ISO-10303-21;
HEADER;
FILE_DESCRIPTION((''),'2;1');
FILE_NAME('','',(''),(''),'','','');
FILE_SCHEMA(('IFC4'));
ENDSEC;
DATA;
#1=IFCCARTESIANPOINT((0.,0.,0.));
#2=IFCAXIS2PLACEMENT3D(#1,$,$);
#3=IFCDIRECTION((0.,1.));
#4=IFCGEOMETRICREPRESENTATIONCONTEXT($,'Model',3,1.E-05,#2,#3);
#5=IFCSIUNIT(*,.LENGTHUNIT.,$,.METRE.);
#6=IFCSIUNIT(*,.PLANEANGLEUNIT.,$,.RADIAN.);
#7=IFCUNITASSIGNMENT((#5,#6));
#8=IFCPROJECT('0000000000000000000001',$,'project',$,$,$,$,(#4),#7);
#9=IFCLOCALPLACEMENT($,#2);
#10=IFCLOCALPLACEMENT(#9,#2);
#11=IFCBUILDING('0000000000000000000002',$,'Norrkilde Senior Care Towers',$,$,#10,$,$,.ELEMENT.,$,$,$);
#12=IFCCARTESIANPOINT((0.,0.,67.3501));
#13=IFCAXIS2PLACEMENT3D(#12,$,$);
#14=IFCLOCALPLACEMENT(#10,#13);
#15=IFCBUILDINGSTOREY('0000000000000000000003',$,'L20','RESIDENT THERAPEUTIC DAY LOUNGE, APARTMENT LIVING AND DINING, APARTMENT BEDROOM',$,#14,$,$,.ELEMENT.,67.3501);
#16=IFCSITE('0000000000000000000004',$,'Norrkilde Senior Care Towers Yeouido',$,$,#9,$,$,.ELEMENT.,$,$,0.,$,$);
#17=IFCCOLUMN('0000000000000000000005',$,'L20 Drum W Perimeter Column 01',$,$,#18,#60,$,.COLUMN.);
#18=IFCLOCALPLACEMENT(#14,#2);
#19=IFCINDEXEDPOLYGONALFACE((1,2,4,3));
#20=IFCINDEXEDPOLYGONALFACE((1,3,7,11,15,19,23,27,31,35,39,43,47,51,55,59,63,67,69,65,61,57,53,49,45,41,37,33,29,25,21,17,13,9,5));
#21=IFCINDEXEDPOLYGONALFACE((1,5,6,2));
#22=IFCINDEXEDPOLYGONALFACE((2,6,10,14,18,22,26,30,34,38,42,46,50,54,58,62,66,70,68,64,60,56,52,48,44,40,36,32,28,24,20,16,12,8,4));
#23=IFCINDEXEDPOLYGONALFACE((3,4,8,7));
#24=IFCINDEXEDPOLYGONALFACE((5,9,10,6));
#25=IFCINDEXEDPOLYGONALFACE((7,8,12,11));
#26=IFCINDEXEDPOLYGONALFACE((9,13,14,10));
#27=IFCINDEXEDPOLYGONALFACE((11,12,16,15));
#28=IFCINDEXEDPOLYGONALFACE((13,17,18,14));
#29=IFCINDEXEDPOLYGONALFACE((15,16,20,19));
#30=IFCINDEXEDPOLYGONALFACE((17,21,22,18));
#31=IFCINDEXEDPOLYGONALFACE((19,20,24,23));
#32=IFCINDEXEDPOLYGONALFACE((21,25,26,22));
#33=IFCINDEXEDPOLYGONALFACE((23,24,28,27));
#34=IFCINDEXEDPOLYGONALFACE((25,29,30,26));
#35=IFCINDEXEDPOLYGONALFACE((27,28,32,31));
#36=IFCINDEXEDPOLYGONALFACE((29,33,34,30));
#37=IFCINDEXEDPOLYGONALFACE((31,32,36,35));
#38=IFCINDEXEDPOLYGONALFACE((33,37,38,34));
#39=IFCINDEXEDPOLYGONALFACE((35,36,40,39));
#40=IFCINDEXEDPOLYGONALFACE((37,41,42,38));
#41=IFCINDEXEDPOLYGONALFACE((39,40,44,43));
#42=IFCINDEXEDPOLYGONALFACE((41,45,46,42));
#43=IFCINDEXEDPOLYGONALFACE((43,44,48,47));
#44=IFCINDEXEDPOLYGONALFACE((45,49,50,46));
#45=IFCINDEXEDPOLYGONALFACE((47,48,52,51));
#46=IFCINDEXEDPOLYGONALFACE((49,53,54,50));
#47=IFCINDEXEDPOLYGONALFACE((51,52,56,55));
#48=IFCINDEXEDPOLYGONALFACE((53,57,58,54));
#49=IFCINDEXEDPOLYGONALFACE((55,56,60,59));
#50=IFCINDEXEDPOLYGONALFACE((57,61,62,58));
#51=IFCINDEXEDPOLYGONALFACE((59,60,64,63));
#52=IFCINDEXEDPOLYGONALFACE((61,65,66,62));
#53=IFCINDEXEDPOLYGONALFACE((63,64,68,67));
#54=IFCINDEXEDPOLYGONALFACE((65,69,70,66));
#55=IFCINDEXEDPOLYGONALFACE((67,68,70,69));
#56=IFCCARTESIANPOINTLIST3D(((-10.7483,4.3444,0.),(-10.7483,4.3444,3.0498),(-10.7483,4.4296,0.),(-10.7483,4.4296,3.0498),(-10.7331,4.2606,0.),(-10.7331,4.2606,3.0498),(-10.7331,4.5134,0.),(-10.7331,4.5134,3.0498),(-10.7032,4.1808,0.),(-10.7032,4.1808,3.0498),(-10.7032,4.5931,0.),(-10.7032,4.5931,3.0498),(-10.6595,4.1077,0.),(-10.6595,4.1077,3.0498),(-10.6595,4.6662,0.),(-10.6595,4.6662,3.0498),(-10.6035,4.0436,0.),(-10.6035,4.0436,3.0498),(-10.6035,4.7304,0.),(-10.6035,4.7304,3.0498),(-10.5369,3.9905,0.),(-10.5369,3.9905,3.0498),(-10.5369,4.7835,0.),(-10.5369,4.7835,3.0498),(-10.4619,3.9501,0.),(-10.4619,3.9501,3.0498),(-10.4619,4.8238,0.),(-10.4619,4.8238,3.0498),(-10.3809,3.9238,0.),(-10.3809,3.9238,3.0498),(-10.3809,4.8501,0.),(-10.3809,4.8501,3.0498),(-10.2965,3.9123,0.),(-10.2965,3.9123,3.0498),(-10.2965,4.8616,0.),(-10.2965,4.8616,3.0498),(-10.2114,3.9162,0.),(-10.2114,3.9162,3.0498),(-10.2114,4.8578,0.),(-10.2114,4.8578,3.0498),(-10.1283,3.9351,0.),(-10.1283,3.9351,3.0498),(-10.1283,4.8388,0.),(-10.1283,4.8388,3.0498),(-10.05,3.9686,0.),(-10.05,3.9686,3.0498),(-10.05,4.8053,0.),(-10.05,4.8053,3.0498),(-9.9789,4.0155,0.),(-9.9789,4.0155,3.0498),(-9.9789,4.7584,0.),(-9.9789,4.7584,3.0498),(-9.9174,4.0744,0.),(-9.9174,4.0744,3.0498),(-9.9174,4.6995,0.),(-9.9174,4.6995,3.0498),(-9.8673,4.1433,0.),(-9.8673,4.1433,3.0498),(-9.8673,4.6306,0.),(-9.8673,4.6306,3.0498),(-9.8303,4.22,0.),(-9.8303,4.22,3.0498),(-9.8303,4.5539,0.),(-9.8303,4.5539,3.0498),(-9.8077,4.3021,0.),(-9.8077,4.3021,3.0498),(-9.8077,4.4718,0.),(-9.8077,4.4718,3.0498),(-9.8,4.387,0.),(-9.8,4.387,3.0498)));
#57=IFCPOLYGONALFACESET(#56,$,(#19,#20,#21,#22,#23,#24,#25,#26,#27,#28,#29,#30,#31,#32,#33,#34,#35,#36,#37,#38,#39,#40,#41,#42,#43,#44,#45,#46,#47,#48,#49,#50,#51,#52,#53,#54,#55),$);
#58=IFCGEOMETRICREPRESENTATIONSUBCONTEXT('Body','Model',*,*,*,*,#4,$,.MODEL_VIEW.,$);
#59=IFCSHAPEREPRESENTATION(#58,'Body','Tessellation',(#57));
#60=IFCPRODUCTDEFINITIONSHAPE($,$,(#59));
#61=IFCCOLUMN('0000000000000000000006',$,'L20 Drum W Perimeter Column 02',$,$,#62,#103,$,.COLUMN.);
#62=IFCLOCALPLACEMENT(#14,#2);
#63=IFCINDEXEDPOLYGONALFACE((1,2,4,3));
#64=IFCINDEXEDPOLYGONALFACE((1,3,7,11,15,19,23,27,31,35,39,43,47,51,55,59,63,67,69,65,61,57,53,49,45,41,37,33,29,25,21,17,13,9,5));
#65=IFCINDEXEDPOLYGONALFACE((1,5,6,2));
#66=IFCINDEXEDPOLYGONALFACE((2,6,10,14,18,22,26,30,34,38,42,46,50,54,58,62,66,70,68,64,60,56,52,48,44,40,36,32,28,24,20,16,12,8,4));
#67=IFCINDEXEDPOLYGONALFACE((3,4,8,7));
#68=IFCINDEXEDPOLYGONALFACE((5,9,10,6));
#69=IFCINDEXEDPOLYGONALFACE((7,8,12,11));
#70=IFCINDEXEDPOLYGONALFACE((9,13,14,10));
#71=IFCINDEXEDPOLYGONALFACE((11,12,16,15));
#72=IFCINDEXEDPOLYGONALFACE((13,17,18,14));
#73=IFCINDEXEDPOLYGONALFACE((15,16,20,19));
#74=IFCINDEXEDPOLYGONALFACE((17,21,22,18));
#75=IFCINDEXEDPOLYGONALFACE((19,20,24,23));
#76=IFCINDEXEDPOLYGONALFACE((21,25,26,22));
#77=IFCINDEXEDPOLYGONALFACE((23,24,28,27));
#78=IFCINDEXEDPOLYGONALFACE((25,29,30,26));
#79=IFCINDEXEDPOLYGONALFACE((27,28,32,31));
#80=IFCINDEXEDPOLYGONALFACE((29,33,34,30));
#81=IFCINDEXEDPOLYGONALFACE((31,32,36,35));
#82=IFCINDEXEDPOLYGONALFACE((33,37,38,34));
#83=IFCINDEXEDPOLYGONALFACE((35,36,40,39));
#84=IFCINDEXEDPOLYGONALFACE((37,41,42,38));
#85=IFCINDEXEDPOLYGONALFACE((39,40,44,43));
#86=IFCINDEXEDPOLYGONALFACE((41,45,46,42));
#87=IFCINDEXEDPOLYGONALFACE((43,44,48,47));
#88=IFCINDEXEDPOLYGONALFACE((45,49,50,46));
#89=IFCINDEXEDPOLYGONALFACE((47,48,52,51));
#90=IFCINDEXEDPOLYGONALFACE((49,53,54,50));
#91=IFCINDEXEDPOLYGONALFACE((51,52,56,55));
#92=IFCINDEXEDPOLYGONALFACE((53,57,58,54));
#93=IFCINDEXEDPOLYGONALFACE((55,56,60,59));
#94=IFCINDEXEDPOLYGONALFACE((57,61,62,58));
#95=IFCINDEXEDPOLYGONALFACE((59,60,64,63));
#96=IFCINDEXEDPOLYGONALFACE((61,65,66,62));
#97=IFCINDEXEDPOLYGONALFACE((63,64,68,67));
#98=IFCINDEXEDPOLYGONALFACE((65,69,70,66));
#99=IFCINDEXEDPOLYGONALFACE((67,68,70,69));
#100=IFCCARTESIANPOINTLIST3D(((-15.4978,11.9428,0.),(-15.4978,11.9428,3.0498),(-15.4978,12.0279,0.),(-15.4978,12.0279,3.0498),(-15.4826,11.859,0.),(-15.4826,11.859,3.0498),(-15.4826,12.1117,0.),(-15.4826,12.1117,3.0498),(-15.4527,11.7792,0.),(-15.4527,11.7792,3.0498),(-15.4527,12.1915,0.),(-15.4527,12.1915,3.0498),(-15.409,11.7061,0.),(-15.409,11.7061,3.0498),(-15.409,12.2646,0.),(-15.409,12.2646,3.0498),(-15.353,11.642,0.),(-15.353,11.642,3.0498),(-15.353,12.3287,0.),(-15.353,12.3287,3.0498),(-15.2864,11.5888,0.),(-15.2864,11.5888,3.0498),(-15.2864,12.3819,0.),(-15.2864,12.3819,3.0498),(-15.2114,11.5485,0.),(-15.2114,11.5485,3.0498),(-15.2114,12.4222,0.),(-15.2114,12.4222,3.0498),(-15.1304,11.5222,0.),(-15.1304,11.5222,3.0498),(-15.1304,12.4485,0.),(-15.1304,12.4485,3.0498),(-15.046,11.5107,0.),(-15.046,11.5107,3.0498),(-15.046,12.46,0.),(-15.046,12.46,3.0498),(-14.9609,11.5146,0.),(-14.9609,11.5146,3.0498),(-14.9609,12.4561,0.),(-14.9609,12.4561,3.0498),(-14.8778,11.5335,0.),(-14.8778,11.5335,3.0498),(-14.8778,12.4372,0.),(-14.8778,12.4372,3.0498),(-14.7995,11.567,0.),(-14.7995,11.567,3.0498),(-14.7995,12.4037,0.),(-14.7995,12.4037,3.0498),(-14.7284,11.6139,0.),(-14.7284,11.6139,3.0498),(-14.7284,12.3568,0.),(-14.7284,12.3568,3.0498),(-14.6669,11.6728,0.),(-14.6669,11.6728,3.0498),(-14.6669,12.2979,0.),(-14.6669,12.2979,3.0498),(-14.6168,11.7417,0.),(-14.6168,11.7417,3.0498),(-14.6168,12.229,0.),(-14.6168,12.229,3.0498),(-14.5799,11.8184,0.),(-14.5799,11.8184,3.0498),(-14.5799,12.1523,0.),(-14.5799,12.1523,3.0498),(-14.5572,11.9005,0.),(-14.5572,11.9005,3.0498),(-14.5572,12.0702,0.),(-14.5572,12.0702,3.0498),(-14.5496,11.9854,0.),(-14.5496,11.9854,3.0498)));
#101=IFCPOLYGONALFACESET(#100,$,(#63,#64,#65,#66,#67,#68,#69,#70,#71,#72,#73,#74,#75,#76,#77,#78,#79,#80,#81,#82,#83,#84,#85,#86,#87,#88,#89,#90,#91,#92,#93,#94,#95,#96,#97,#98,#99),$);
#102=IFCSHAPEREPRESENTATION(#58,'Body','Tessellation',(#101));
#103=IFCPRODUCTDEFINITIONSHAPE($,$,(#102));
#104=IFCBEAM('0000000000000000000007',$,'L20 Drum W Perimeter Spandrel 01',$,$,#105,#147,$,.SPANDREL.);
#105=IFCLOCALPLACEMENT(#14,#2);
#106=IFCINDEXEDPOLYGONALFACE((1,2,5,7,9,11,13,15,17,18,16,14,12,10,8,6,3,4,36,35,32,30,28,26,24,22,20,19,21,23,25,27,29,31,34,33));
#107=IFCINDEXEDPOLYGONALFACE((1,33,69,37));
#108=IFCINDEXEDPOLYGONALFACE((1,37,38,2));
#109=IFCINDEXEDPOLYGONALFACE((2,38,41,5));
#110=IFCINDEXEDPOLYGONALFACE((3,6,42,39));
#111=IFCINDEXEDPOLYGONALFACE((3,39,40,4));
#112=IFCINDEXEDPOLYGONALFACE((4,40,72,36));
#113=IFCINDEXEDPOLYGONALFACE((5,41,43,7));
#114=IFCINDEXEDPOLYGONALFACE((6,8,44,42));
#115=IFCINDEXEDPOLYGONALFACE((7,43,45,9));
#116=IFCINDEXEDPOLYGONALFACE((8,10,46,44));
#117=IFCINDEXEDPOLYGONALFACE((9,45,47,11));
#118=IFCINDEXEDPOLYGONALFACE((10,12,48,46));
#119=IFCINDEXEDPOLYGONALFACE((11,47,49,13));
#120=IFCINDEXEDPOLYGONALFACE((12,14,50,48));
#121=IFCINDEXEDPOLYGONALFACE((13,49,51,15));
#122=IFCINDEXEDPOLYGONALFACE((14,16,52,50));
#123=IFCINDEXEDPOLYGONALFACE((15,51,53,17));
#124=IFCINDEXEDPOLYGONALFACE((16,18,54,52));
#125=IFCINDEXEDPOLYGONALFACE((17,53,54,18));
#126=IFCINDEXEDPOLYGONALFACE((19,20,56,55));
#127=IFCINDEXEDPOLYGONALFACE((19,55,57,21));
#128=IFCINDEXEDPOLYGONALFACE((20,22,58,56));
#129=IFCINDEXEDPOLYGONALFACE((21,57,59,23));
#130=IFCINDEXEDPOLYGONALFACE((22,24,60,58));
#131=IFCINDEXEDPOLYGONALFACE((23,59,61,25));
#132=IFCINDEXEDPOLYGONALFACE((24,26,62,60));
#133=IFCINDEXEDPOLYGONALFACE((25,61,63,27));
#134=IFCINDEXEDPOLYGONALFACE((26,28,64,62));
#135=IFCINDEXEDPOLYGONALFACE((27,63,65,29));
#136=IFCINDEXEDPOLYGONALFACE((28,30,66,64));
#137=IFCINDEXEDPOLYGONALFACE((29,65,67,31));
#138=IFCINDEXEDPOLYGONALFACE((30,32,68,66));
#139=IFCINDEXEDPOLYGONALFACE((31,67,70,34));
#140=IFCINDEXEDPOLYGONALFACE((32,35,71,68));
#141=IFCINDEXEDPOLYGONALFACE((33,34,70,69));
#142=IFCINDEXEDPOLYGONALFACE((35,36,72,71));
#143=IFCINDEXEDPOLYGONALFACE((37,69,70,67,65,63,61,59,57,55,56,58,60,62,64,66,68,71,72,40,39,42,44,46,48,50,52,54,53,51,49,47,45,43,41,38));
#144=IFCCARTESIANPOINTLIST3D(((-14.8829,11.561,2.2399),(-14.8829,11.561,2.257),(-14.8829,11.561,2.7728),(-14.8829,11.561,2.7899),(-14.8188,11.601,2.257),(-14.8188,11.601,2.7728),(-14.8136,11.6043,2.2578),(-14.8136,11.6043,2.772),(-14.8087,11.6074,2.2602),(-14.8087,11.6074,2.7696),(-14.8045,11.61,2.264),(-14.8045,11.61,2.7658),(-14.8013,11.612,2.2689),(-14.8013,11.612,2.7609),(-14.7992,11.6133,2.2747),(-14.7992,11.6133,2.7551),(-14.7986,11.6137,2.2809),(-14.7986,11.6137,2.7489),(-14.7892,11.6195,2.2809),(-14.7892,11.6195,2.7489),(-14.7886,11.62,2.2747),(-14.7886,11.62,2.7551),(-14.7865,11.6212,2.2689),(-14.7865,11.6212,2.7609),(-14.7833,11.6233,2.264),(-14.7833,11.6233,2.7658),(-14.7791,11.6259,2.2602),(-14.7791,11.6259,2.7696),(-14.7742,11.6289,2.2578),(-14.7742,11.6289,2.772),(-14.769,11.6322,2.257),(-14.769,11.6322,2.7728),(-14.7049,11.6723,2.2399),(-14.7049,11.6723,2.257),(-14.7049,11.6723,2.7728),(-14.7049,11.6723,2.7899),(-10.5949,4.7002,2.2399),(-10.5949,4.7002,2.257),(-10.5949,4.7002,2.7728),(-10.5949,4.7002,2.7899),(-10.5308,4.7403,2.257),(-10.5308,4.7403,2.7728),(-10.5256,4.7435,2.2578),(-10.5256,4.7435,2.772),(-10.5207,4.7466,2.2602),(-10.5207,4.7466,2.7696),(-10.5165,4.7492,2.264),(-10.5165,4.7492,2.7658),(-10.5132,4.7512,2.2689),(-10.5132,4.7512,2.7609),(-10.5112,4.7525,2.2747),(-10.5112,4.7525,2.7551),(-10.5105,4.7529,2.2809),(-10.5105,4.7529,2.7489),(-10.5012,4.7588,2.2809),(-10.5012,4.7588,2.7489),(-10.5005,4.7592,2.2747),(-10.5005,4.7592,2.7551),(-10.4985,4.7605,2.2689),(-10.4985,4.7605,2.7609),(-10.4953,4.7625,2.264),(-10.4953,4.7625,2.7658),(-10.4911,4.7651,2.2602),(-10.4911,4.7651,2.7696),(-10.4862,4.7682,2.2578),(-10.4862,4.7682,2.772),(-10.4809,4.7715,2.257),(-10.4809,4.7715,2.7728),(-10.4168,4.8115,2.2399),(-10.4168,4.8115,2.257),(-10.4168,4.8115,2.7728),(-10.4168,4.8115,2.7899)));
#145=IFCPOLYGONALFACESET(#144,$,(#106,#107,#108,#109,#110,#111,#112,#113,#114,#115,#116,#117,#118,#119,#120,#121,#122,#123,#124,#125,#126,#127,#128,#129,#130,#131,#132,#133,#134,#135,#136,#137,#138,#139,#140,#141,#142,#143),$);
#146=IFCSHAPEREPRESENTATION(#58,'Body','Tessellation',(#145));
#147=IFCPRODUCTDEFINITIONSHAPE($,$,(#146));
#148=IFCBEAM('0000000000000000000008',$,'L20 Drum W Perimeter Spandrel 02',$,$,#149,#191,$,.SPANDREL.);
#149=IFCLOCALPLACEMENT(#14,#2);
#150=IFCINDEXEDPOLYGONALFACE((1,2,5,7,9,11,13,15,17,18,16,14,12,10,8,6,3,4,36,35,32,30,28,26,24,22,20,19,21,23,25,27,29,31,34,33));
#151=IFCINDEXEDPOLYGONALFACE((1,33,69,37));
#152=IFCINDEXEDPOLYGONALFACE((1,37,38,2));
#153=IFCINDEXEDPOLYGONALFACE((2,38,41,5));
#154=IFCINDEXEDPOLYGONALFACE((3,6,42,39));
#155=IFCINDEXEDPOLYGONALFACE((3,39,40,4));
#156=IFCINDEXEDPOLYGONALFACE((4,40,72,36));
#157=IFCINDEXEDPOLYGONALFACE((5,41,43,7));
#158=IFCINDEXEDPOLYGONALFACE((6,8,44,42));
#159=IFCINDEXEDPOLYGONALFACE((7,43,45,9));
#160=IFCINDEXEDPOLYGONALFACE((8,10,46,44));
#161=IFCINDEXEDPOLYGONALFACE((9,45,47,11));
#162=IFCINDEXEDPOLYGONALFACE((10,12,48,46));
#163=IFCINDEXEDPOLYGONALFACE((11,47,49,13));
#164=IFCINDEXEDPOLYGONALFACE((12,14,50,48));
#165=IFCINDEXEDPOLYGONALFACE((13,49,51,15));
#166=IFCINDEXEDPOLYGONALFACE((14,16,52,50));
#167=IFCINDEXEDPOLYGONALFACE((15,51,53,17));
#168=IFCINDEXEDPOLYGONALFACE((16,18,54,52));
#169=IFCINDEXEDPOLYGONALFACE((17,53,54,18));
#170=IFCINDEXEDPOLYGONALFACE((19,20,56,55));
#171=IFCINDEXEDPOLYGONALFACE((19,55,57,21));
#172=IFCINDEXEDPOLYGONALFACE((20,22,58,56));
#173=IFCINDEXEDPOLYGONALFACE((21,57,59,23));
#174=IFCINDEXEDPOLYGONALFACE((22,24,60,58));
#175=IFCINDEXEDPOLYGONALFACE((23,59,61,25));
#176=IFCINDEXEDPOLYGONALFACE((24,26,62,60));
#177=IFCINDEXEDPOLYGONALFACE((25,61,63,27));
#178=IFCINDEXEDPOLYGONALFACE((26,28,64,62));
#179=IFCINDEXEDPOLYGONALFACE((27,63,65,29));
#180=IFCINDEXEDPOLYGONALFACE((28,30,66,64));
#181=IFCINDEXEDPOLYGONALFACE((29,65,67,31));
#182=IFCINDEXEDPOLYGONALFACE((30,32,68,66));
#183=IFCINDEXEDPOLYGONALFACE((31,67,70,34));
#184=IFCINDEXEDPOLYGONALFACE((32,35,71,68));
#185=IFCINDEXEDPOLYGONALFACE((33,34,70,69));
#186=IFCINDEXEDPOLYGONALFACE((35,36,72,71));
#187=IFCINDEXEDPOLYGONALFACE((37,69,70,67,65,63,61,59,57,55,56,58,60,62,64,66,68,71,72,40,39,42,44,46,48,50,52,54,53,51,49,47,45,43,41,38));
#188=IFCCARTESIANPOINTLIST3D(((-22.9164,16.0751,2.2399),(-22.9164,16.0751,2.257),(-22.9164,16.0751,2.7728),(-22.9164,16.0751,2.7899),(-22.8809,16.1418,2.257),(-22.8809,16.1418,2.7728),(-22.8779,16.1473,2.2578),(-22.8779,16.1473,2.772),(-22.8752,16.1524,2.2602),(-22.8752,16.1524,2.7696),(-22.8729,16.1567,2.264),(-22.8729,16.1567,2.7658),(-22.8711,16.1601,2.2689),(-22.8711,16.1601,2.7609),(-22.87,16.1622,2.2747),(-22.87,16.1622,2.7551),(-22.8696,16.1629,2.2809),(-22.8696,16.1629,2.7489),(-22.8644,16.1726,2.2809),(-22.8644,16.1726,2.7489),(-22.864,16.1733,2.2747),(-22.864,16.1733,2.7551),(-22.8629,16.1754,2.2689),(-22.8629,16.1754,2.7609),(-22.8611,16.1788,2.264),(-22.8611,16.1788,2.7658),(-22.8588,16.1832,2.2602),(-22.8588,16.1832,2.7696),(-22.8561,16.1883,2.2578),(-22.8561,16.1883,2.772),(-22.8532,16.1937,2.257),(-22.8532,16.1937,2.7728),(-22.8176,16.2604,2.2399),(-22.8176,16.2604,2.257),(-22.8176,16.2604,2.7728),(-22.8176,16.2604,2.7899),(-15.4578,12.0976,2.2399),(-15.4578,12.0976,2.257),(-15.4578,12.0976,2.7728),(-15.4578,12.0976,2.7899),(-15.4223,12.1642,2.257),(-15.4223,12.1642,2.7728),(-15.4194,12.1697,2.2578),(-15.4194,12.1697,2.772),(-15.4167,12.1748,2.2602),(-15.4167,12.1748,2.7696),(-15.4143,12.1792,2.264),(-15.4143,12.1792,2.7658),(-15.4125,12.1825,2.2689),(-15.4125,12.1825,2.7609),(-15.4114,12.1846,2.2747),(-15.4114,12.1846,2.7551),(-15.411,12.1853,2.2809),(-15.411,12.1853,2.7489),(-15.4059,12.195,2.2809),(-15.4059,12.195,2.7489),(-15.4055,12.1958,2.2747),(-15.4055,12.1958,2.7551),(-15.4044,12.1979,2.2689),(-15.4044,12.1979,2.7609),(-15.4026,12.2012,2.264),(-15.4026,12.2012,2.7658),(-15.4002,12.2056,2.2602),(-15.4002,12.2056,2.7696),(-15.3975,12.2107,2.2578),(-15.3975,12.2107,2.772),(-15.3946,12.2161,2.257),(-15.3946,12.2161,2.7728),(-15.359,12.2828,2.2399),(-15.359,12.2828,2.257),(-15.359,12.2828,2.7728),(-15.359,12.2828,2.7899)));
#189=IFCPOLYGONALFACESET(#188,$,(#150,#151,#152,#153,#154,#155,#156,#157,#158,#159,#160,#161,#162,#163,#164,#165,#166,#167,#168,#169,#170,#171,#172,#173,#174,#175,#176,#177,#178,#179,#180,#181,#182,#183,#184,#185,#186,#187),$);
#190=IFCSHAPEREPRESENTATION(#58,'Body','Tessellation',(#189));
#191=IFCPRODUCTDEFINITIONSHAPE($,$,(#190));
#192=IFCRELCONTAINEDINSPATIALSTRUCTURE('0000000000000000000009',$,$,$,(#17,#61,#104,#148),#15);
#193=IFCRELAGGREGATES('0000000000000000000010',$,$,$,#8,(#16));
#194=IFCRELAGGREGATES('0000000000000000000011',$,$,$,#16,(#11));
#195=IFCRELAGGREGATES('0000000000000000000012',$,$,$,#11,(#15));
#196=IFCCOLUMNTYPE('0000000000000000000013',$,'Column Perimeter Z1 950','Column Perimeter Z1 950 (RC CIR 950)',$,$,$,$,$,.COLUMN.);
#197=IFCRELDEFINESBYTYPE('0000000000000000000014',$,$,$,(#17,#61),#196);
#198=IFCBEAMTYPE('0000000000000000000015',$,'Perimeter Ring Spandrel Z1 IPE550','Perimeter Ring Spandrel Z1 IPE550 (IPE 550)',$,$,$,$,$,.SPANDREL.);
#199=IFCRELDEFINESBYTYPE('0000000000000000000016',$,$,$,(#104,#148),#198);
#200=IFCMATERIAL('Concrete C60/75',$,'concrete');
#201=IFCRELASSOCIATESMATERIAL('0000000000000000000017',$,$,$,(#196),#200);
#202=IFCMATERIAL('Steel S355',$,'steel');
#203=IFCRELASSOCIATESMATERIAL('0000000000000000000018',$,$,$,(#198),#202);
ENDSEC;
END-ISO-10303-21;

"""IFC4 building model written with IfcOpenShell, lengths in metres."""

from ifc_helpers import new_model, si_unit, direction, frame, origin, origin_2d, place, context, subcontext, project, spatial, circle, i_section, extrude, source, transform, mapped, material, material_profile, profile_set, type_object, type_shapes, element, save


model = new_model("IFC4")

# Units and contexts
model_context = context("Model", 3, precision=1e-05, world=origin(), true_north=direction((0.0, 1.0)))
body_context = subcontext(model_context, "Body", "Model", "MODEL_VIEW")
ifc_project = project(units=[si_unit("LENGTHUNIT", "METRE"), si_unit("PLANEANGLEUNIT", "RADIAN")], contexts=[model_context])

# Site, building, storey
site_placement = place(None, origin())
site = spatial("IfcSite", under=ifc_project, at=site_placement, Name="Norrkilde Senior Care Towers Yeouido", CompositionType="ELEMENT", RefElevation=0.0)
building_placement = place(site_placement, origin())
building = spatial("IfcBuilding", under=site, at=building_placement, Name="Norrkilde Senior Care Towers", CompositionType="ELEMENT")
storey_placement = place(building_placement, frame((0.0, 0.0, 67.3501)))
storey = spatial("IfcBuildingStorey", under=building, at=storey_placement, Name="L20", Description="RESIDENT THERAPEUTIC DAY LOUNGE, APARTMENT LIVING AND DINING, APARTMENT BEDROOM", CompositionType="ELEMENT", Elevation=67.3501)

# Columns
ifc_material_1 = material(Name="Concrete C60/75", Category="concrete")
ifc_material_profile_1 = material_profile(ifc_material_1, circle(Radius=0.4751, at=origin_2d()), Name="RC CIR 950")
ifc_profile_set_1 = profile_set([ifc_material_profile_1], Name="Concrete C60/75")
column_type = type_object("IfcColumnType", Name="Column Perimeter Z1 950", Description="Column Perimeter Z1 950 (RC CIR 950)", PredefinedType="COLUMN", material=ifc_profile_set_1)
shared_shape_1 = source(origin(), body_context, "Body", "SweptSolid", [
    extrude(circle(Radius=0.4751, at=origin_2d()), origin(), (0.0, 0.0, 1.0), 3.0498),
])
type_shapes(column_type, [shared_shape_1])
for number, where, z_axis, x_axis, name in (
    (1, (-10.2751, 4.387, 0.0), (0.0, 0.0, 1.0), (1.0, 0.0, 0.0), "L20 Drum W Perimeter Column 01"),
    (2, (-15.0247, 11.9854, 0.0), (0.0, 0.0, 1.0), (1.0, 0.0, 0.0), "L20 Drum W Perimeter Column 02"),
):
    element("IfcColumn", number, at=place(storey_placement, frame(where, z_axis=z_axis, x_axis=x_axis)), inside=storey, type_object=column_type, Name=name, PredefinedType="COLUMN", context=body_context, shape_type="MappedRepresentation", body=[
        mapped(shared_shape_1, transform((0.0, 0.0, 0.0), x_axis=(1.0, 0.0, 0.0), y_axis=(0.0, 1.0, 0.0), z_axis=(0.0, 0.0, 1.0), scale=1.0)),
    ])

# Beams
ifc_material_2 = material(Name="Steel S355", Category="steel")
ifc_material_profile_2 = material_profile(ifc_material_2, i_section(OverallWidth=0.21, OverallDepth=0.55, WebThickness=0.011, FlangeThickness=0.0171, FilletRadius=0.0239, at=origin_2d()), Name="IPE 550")
ifc_profile_set_2 = profile_set([ifc_material_profile_2], Name="Steel S355")
beam_type = type_object("IfcBeamType", Name="Perimeter Ring Spandrel Z1 IPE550", Description="Perimeter Ring Spandrel Z1 IPE550 (IPE 550)", PredefinedType="SPANDREL", material=ifc_profile_set_2)
shared_shape_2 = source(origin(), body_context, "Body", "SweptSolid", [
    extrude(i_section(OverallWidth=0.21, OverallDepth=0.55, WebThickness=0.011, FlangeThickness=0.0171, FilletRadius=0.0239, at=origin_2d()), origin(), (0.0, 0.0, 1.0), 8.0906),
])
beam_1_placement = place(storey_placement, frame((-10.5059, 4.7559, 2.5149), z_axis=(-0.530004, 0.847995, 0.0), x_axis=(-0.847995, -0.530004, 0.0)))
element("IfcBeam", 3, at=beam_1_placement, inside=storey, type_object=beam_type, Name="L20 Drum W Perimeter Spandrel 01", PredefinedType="SPANDREL", context=body_context, shape_type="MappedRepresentation", body=[
    mapped(shared_shape_2, transform((0.0, 0.0, 0.0), x_axis=(1.0, 0.0, 0.0), y_axis=(0.0, 1.0, 0.0), z_axis=(0.0, 0.0, 1.0), scale=1.0)),
])
shared_shape_3 = source(origin(), body_context, "Body", "SweptSolid", [
    extrude(i_section(OverallWidth=0.21, OverallDepth=0.55, WebThickness=0.011, FlangeThickness=0.0171, FilletRadius=0.0239, at=origin_2d()), origin(), (0.0, 0.0, 1.0), 8.4529),
])
type_shapes(beam_type, [shared_shape_2, shared_shape_3])
beam_2_placement = place(storey_placement, frame((-15.4084, 12.1902, 2.5149), z_axis=(-0.882369, 0.470558, 0.0), x_axis=(-0.470558, -0.882369, 0.0)))
element("IfcBeam", 4, at=beam_2_placement, inside=storey, type_object=beam_type, Name="L20 Drum W Perimeter Spandrel 02", PredefinedType="SPANDREL", context=body_context, shape_type="MappedRepresentation", body=[
    mapped(shared_shape_3, transform((0.0, 0.0, 0.0), x_axis=(1.0, 0.0, 0.0), y_axis=(0.0, 1.0, 0.0), z_axis=(0.0, 0.0, 1.0), scale=1.0)),
])

save(model, "model.ifc")
